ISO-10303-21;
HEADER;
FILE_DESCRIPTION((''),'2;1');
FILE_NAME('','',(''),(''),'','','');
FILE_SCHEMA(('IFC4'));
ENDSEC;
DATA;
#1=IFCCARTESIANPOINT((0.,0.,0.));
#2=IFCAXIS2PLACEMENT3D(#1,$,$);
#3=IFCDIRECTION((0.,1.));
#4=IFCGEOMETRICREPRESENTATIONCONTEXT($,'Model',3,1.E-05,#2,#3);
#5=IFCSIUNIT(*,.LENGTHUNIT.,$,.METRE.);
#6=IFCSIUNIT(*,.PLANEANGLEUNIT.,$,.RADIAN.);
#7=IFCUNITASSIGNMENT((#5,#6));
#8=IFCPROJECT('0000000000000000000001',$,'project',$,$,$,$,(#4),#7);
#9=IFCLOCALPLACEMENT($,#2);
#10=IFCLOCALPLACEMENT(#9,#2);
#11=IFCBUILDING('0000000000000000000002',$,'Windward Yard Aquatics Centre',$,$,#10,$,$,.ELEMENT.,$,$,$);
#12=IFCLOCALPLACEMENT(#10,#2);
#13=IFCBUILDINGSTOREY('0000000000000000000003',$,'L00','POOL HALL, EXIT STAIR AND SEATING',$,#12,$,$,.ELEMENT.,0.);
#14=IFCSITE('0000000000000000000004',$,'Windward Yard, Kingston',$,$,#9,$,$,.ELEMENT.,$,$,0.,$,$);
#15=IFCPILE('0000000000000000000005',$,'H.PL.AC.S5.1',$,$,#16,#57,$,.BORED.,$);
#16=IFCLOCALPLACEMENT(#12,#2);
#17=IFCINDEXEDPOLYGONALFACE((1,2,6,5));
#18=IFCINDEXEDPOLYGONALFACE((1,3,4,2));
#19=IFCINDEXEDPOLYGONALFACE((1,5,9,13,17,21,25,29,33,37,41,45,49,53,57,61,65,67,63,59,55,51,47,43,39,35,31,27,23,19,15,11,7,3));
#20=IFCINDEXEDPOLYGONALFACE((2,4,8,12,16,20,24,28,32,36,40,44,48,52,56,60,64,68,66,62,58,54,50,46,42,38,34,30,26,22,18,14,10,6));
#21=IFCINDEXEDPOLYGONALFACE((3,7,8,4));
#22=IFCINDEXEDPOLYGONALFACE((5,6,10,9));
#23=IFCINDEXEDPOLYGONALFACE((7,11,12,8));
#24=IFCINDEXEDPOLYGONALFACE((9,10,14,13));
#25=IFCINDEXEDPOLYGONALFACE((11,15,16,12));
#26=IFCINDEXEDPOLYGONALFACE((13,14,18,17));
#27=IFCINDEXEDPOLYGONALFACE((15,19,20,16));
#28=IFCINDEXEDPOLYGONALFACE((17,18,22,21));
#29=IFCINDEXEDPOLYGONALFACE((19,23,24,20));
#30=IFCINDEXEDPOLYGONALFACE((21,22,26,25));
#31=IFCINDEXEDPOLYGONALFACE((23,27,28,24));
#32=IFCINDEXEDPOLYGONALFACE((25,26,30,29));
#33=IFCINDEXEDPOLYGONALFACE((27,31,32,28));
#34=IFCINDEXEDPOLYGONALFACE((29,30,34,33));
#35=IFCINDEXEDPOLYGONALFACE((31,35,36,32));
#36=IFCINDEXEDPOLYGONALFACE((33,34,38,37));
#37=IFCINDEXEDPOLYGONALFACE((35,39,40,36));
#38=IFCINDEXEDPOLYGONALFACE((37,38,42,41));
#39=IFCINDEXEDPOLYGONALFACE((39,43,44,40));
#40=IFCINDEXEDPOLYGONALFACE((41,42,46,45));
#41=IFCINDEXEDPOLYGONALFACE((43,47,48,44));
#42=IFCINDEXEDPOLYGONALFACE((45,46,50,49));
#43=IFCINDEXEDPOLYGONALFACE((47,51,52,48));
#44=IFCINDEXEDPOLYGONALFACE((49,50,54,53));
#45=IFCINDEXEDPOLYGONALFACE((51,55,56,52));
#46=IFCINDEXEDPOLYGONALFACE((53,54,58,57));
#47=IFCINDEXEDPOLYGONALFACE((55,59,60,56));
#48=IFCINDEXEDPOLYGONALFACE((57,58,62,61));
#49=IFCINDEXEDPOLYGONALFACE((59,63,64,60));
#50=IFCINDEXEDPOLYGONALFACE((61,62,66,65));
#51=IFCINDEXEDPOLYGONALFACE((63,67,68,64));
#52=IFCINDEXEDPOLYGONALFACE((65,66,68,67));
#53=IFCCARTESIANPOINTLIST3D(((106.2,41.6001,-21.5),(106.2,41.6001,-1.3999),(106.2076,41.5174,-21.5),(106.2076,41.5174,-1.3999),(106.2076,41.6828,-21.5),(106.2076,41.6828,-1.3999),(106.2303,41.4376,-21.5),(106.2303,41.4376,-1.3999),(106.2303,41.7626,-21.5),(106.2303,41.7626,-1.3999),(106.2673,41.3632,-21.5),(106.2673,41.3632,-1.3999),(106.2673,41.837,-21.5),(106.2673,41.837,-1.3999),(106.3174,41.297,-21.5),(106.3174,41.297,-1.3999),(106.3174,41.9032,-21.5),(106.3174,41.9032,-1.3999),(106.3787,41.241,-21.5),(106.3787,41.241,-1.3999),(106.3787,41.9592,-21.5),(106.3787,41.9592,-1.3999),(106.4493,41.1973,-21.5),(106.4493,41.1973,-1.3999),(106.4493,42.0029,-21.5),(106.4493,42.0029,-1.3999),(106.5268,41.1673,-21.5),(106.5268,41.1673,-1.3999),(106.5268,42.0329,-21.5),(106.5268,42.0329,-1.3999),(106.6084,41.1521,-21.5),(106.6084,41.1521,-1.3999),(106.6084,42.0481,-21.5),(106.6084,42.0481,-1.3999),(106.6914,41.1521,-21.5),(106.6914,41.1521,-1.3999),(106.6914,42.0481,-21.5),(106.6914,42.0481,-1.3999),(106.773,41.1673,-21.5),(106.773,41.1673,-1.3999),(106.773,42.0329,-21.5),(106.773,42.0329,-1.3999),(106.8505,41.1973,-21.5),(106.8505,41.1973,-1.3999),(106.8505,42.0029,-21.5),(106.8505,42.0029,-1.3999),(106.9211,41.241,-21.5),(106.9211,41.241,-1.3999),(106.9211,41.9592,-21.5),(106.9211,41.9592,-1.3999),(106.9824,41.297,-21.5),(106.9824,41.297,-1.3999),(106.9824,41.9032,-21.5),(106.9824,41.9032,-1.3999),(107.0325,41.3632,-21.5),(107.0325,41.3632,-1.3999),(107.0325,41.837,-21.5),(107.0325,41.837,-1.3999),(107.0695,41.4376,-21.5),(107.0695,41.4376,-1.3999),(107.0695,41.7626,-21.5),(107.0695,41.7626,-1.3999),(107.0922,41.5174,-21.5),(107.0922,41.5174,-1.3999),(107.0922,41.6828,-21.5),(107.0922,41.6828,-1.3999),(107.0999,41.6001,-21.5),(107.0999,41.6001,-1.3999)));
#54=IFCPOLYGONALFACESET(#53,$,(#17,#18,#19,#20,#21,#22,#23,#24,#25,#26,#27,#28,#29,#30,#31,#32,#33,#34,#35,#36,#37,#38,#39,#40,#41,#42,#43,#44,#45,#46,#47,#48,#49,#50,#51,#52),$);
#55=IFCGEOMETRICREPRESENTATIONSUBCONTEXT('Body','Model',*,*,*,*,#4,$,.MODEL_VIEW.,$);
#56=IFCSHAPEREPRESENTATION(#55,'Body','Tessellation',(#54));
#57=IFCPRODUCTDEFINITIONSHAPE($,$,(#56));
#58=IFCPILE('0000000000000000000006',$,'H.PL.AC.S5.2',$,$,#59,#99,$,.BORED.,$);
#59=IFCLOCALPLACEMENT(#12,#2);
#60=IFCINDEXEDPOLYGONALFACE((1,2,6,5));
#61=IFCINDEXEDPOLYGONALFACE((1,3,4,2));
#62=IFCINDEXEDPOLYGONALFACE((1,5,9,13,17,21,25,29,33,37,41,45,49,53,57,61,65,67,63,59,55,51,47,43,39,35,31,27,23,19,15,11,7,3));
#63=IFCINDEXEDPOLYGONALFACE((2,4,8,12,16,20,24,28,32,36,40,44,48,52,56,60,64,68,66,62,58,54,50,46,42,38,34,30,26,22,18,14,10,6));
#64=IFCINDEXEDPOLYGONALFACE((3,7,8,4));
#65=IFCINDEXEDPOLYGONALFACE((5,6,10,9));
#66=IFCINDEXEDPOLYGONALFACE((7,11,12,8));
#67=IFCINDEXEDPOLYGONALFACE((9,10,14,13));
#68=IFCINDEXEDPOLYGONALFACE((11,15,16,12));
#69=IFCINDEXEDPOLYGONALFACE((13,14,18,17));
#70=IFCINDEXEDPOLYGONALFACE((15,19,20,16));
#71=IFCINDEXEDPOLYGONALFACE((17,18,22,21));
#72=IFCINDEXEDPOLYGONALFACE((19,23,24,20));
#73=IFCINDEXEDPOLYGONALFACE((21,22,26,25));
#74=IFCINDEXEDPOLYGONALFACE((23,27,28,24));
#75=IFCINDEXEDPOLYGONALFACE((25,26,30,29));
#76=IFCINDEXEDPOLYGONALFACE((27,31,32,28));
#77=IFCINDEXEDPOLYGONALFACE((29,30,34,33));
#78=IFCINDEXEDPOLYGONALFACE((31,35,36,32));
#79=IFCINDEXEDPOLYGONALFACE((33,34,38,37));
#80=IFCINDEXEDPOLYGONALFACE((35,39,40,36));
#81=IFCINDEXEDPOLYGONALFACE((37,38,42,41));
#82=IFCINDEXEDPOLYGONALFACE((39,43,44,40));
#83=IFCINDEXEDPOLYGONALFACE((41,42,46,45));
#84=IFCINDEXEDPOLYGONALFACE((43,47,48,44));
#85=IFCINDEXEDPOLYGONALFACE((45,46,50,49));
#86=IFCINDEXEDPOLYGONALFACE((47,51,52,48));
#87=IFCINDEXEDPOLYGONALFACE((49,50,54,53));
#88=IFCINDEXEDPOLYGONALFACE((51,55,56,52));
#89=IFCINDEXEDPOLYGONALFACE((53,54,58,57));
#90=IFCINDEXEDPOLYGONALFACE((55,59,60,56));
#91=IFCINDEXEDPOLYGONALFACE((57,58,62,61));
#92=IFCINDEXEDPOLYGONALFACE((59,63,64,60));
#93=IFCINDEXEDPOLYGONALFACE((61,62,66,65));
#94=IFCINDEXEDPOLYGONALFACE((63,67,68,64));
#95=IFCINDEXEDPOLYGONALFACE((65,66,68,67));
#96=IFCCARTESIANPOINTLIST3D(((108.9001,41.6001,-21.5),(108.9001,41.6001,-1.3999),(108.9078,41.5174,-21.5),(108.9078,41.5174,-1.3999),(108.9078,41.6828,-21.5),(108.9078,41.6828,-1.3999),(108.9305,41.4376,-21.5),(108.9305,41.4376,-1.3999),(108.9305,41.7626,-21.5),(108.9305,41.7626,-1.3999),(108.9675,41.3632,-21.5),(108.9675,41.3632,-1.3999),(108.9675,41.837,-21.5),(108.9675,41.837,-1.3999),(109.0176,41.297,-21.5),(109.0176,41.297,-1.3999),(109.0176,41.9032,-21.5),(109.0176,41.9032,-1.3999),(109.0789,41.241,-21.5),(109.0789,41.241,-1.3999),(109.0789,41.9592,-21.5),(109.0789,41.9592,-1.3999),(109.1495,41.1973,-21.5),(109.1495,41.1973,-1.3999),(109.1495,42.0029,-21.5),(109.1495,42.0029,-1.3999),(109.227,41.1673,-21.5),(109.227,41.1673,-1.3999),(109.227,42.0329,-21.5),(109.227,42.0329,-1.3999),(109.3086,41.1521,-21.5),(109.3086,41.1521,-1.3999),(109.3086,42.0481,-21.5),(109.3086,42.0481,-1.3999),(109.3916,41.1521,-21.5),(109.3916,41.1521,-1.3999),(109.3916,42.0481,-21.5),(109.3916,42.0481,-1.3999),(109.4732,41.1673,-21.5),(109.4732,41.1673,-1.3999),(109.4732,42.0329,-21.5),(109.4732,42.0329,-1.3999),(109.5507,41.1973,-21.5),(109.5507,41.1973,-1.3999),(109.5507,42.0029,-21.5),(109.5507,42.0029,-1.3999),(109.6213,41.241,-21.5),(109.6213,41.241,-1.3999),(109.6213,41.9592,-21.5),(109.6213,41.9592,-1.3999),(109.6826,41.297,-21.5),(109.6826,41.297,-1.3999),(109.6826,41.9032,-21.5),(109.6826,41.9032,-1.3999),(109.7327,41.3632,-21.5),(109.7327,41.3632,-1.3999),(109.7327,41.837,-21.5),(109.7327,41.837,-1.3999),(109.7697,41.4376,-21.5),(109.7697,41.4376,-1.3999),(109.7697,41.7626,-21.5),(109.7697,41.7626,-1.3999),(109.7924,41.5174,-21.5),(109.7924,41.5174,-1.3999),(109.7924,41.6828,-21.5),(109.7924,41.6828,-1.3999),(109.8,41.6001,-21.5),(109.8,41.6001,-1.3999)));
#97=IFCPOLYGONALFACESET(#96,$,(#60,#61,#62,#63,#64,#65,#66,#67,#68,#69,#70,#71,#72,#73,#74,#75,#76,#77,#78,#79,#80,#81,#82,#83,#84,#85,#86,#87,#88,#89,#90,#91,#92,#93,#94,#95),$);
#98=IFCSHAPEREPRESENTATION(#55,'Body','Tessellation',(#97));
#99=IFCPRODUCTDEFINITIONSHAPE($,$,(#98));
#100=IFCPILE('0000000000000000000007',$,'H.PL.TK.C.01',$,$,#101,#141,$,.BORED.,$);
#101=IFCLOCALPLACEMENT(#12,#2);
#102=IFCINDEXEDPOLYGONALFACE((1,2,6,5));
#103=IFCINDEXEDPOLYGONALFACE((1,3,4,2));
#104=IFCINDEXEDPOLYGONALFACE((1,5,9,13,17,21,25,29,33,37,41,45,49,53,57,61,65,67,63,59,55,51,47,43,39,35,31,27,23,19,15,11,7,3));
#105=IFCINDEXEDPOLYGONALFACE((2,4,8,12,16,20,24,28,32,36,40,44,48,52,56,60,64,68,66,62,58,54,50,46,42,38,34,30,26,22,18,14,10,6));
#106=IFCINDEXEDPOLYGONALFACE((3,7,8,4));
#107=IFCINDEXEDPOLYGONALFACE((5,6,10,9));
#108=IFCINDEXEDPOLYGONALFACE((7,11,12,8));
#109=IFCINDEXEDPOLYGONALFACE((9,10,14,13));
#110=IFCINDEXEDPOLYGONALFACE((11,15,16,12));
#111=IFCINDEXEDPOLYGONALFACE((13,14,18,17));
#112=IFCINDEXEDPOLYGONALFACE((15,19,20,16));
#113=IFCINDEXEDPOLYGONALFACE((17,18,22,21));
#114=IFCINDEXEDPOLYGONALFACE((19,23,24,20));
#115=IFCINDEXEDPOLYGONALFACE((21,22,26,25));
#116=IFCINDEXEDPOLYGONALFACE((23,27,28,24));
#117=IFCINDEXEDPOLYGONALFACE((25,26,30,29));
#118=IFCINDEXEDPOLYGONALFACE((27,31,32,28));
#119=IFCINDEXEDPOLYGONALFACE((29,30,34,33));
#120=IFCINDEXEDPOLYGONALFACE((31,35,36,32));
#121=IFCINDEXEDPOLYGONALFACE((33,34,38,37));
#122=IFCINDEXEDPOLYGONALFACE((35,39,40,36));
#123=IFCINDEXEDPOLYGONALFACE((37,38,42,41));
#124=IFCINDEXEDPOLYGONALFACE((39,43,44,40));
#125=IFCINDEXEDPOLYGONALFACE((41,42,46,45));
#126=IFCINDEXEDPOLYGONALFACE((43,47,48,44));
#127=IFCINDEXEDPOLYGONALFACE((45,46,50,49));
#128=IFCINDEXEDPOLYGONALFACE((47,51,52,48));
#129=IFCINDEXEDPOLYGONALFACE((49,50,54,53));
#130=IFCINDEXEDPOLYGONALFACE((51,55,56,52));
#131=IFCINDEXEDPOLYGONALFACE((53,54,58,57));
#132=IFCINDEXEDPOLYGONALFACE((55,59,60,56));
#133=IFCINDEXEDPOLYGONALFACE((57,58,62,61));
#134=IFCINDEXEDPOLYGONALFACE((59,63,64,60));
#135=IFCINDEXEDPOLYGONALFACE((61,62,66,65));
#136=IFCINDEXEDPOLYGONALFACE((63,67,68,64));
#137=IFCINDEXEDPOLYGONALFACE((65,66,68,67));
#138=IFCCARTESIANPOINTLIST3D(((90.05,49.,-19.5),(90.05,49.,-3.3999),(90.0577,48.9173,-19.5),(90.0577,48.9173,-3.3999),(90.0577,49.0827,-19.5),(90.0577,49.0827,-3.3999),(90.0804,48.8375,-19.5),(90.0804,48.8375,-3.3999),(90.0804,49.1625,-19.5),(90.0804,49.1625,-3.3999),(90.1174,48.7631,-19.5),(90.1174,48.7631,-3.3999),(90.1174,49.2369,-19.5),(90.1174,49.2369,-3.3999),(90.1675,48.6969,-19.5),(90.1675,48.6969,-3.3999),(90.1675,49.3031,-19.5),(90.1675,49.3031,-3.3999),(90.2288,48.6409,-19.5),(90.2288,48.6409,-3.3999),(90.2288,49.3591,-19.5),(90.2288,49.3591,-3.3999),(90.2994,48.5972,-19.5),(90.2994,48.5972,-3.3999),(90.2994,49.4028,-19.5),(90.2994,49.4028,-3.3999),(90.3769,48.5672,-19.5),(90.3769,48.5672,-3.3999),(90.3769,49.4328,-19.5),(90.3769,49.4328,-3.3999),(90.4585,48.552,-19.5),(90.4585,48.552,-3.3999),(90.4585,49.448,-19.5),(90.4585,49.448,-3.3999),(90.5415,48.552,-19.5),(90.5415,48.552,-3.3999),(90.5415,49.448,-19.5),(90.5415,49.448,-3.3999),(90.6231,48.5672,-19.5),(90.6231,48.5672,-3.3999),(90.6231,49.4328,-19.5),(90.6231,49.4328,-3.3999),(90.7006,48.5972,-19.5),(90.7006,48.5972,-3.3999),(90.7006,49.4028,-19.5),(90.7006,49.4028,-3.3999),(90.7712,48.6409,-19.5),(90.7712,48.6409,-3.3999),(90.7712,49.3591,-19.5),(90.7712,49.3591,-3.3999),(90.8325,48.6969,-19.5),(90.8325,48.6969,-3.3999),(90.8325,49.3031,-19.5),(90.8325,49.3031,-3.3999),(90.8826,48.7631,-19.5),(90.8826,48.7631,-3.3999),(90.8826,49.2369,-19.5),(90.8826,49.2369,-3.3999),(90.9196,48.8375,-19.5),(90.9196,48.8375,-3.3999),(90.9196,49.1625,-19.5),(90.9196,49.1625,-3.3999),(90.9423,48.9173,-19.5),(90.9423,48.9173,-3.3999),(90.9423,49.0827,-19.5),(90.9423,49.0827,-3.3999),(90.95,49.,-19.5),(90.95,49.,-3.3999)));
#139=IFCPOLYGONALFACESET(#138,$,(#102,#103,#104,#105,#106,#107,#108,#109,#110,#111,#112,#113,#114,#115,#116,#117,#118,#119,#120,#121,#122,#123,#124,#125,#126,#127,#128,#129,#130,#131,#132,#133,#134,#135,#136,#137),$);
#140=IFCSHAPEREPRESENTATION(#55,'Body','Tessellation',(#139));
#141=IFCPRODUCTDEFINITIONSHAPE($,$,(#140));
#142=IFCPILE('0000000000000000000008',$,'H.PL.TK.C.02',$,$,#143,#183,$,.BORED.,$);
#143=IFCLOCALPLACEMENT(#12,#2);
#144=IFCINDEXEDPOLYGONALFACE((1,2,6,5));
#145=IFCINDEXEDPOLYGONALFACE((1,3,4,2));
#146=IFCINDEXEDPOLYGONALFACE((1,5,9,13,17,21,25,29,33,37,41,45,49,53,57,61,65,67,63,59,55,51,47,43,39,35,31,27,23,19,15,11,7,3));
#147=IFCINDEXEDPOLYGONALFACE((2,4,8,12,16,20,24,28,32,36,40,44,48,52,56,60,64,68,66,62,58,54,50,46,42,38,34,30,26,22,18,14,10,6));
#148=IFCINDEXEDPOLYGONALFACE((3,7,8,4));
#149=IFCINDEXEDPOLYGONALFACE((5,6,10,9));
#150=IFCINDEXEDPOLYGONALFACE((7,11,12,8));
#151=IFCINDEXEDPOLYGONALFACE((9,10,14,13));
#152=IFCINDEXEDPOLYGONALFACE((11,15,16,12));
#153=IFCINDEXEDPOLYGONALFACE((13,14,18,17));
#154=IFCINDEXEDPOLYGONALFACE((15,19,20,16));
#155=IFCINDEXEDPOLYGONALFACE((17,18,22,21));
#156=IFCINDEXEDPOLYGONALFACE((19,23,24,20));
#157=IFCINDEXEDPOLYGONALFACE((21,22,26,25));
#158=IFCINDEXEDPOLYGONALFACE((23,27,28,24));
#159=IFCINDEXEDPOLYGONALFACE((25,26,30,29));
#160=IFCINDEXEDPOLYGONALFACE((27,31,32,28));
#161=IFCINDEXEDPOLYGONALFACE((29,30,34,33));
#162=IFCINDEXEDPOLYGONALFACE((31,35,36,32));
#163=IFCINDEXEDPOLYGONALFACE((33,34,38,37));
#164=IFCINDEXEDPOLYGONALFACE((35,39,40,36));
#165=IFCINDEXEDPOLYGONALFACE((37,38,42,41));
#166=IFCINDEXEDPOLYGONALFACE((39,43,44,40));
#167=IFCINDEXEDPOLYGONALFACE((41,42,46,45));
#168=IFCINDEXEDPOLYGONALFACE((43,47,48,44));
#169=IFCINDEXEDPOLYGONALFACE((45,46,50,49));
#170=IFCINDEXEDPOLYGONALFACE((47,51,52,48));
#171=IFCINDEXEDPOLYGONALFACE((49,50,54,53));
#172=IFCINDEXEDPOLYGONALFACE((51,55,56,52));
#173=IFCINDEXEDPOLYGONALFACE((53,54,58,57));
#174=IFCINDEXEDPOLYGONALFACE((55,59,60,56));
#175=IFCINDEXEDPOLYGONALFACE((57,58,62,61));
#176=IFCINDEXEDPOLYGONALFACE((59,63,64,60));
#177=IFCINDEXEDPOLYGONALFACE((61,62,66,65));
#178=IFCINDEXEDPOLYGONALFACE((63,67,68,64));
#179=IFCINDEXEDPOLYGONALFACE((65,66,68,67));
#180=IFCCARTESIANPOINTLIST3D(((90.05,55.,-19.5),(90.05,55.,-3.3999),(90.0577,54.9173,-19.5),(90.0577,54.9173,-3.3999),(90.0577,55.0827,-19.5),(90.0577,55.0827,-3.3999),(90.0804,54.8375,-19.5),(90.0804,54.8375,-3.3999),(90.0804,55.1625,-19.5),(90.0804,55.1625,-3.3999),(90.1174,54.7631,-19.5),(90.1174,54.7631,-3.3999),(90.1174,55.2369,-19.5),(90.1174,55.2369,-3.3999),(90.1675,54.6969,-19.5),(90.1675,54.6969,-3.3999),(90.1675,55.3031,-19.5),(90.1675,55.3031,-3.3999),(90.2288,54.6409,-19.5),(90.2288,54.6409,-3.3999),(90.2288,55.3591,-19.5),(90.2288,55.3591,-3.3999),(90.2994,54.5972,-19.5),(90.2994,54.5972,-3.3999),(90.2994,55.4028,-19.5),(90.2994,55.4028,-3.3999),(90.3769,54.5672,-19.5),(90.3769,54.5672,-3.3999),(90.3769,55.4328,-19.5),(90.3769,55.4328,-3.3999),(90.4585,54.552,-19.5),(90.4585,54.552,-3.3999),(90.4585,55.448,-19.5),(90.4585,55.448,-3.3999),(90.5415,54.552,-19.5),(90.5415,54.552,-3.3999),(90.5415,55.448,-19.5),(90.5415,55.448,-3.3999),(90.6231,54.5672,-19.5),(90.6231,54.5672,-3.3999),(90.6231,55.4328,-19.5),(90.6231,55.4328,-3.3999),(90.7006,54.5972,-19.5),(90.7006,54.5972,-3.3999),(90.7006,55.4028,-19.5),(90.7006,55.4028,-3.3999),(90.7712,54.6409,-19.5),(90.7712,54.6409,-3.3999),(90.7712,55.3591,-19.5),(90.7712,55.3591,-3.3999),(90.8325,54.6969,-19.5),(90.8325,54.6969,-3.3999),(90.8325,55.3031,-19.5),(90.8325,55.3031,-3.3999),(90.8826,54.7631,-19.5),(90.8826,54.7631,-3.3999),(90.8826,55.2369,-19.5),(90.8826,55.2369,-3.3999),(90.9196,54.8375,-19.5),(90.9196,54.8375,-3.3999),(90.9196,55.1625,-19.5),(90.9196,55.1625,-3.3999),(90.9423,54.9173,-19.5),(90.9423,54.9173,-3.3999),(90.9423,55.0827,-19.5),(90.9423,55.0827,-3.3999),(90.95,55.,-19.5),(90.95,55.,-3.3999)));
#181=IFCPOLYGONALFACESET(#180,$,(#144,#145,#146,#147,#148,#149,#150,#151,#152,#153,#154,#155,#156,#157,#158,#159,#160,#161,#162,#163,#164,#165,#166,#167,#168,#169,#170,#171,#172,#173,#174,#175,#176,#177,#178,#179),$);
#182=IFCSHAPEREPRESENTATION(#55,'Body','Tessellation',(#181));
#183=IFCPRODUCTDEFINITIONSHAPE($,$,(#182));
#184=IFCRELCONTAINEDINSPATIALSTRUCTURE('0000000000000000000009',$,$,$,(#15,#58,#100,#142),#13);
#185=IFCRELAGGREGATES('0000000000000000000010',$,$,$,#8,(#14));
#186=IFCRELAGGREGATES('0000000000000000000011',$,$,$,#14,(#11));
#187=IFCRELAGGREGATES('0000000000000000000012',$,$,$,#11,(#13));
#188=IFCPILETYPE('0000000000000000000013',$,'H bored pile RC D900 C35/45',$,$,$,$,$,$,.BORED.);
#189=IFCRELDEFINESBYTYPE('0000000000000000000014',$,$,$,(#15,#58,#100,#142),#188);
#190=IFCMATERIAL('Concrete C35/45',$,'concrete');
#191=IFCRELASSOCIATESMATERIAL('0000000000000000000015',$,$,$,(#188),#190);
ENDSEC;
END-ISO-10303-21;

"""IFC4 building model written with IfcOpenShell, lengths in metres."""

from ifc_helpers import new_model, si_unit, direction, frame, origin, origin_2d, place, context, subcontext, project, spatial, circle, extrude, material, material_profile, profile_set, type_object, element, save


model = new_model("IFC4")

# Units and contexts
model_context = context("Model", 3, precision=1e-05, world=origin(), true_north=direction((0.0, 1.0)))
body_context = subcontext(model_context, "Body", "Model", "MODEL_VIEW")
ifc_project = project(units=[si_unit("LENGTHUNIT", "METRE"), si_unit("PLANEANGLEUNIT", "RADIAN")], contexts=[model_context])

# Site, building, storey
site_placement = place(None, origin())
site = spatial("IfcSite", under=ifc_project, at=site_placement, Name="Windward Yard, Kingston", CompositionType="ELEMENT", RefElevation=0.0)
building_placement = place(site_placement, origin())
building = spatial("IfcBuilding", under=site, at=building_placement, Name="Windward Yard Aquatics Centre", CompositionType="ELEMENT")
storey_placement = place(building_placement, origin())
storey = spatial("IfcBuildingStorey", under=building, at=storey_placement, Name="L00", Description="POOL HALL, EXIT STAIR AND SEATING", CompositionType="ELEMENT", Elevation=0.0)

# Piles
ifc_material_1 = material(Name="Concrete C35/45", Category="concrete")
ifc_material_profile_1 = material_profile(ifc_material_1, circle(Radius=0.45, at=origin_2d()), Name="RC D900")
ifc_profile_set_1 = profile_set([ifc_material_profile_1], Name="Concrete C35/45")
pile_type = type_object("IfcPileType", Name="H bored pile RC D900 C35/45", PredefinedType="BORED", material=ifc_profile_set_1)
for number, where, z_axis, x_axis, name in (
    (1, (106.6499, 41.6001, -1.3999), (0.0, 0.0, -1.0), (1.0, 0.0, 0.0), "H.PL.AC.S5.1"),
    (2, (109.3501, 41.6001, -1.3999), (0.0, 0.0, -1.0), (1.0, 0.0, 0.0), "H.PL.AC.S5.2"),
):
    element("IfcPile", number, at=place(storey_placement, frame(where, z_axis=z_axis, x_axis=x_axis)), inside=storey, type_object=pile_type, Name=name, PredefinedType="BORED", context=body_context, shape_type="SweptSolid", body=[
        extrude(circle(Radius=0.45, at=origin_2d()), origin(), (0.0, 0.0, 1.0), 20.1001),
    ])
for number, where, z_axis, x_axis, name in (
    (3, (90.5, 49.0, -3.3999), (0.0, 0.0, -1.0), (1.0, 0.0, 0.0), "H.PL.TK.C.01"),
    (4, (90.5, 55.0, -3.3999), (0.0, 0.0, -1.0), (1.0, 0.0, 0.0), "H.PL.TK.C.02"),
):
    element("IfcPile", number, at=place(storey_placement, frame(where, z_axis=z_axis, x_axis=x_axis)), inside=storey, type_object=pile_type, Name=name, PredefinedType="BORED", context=body_context, shape_type="SweptSolid", body=[
        extrude(circle(Radius=0.45, at=origin_2d()), origin(), (0.0, 0.0, 1.0), 16.1001),
    ])

save(model, "model.ifc")
